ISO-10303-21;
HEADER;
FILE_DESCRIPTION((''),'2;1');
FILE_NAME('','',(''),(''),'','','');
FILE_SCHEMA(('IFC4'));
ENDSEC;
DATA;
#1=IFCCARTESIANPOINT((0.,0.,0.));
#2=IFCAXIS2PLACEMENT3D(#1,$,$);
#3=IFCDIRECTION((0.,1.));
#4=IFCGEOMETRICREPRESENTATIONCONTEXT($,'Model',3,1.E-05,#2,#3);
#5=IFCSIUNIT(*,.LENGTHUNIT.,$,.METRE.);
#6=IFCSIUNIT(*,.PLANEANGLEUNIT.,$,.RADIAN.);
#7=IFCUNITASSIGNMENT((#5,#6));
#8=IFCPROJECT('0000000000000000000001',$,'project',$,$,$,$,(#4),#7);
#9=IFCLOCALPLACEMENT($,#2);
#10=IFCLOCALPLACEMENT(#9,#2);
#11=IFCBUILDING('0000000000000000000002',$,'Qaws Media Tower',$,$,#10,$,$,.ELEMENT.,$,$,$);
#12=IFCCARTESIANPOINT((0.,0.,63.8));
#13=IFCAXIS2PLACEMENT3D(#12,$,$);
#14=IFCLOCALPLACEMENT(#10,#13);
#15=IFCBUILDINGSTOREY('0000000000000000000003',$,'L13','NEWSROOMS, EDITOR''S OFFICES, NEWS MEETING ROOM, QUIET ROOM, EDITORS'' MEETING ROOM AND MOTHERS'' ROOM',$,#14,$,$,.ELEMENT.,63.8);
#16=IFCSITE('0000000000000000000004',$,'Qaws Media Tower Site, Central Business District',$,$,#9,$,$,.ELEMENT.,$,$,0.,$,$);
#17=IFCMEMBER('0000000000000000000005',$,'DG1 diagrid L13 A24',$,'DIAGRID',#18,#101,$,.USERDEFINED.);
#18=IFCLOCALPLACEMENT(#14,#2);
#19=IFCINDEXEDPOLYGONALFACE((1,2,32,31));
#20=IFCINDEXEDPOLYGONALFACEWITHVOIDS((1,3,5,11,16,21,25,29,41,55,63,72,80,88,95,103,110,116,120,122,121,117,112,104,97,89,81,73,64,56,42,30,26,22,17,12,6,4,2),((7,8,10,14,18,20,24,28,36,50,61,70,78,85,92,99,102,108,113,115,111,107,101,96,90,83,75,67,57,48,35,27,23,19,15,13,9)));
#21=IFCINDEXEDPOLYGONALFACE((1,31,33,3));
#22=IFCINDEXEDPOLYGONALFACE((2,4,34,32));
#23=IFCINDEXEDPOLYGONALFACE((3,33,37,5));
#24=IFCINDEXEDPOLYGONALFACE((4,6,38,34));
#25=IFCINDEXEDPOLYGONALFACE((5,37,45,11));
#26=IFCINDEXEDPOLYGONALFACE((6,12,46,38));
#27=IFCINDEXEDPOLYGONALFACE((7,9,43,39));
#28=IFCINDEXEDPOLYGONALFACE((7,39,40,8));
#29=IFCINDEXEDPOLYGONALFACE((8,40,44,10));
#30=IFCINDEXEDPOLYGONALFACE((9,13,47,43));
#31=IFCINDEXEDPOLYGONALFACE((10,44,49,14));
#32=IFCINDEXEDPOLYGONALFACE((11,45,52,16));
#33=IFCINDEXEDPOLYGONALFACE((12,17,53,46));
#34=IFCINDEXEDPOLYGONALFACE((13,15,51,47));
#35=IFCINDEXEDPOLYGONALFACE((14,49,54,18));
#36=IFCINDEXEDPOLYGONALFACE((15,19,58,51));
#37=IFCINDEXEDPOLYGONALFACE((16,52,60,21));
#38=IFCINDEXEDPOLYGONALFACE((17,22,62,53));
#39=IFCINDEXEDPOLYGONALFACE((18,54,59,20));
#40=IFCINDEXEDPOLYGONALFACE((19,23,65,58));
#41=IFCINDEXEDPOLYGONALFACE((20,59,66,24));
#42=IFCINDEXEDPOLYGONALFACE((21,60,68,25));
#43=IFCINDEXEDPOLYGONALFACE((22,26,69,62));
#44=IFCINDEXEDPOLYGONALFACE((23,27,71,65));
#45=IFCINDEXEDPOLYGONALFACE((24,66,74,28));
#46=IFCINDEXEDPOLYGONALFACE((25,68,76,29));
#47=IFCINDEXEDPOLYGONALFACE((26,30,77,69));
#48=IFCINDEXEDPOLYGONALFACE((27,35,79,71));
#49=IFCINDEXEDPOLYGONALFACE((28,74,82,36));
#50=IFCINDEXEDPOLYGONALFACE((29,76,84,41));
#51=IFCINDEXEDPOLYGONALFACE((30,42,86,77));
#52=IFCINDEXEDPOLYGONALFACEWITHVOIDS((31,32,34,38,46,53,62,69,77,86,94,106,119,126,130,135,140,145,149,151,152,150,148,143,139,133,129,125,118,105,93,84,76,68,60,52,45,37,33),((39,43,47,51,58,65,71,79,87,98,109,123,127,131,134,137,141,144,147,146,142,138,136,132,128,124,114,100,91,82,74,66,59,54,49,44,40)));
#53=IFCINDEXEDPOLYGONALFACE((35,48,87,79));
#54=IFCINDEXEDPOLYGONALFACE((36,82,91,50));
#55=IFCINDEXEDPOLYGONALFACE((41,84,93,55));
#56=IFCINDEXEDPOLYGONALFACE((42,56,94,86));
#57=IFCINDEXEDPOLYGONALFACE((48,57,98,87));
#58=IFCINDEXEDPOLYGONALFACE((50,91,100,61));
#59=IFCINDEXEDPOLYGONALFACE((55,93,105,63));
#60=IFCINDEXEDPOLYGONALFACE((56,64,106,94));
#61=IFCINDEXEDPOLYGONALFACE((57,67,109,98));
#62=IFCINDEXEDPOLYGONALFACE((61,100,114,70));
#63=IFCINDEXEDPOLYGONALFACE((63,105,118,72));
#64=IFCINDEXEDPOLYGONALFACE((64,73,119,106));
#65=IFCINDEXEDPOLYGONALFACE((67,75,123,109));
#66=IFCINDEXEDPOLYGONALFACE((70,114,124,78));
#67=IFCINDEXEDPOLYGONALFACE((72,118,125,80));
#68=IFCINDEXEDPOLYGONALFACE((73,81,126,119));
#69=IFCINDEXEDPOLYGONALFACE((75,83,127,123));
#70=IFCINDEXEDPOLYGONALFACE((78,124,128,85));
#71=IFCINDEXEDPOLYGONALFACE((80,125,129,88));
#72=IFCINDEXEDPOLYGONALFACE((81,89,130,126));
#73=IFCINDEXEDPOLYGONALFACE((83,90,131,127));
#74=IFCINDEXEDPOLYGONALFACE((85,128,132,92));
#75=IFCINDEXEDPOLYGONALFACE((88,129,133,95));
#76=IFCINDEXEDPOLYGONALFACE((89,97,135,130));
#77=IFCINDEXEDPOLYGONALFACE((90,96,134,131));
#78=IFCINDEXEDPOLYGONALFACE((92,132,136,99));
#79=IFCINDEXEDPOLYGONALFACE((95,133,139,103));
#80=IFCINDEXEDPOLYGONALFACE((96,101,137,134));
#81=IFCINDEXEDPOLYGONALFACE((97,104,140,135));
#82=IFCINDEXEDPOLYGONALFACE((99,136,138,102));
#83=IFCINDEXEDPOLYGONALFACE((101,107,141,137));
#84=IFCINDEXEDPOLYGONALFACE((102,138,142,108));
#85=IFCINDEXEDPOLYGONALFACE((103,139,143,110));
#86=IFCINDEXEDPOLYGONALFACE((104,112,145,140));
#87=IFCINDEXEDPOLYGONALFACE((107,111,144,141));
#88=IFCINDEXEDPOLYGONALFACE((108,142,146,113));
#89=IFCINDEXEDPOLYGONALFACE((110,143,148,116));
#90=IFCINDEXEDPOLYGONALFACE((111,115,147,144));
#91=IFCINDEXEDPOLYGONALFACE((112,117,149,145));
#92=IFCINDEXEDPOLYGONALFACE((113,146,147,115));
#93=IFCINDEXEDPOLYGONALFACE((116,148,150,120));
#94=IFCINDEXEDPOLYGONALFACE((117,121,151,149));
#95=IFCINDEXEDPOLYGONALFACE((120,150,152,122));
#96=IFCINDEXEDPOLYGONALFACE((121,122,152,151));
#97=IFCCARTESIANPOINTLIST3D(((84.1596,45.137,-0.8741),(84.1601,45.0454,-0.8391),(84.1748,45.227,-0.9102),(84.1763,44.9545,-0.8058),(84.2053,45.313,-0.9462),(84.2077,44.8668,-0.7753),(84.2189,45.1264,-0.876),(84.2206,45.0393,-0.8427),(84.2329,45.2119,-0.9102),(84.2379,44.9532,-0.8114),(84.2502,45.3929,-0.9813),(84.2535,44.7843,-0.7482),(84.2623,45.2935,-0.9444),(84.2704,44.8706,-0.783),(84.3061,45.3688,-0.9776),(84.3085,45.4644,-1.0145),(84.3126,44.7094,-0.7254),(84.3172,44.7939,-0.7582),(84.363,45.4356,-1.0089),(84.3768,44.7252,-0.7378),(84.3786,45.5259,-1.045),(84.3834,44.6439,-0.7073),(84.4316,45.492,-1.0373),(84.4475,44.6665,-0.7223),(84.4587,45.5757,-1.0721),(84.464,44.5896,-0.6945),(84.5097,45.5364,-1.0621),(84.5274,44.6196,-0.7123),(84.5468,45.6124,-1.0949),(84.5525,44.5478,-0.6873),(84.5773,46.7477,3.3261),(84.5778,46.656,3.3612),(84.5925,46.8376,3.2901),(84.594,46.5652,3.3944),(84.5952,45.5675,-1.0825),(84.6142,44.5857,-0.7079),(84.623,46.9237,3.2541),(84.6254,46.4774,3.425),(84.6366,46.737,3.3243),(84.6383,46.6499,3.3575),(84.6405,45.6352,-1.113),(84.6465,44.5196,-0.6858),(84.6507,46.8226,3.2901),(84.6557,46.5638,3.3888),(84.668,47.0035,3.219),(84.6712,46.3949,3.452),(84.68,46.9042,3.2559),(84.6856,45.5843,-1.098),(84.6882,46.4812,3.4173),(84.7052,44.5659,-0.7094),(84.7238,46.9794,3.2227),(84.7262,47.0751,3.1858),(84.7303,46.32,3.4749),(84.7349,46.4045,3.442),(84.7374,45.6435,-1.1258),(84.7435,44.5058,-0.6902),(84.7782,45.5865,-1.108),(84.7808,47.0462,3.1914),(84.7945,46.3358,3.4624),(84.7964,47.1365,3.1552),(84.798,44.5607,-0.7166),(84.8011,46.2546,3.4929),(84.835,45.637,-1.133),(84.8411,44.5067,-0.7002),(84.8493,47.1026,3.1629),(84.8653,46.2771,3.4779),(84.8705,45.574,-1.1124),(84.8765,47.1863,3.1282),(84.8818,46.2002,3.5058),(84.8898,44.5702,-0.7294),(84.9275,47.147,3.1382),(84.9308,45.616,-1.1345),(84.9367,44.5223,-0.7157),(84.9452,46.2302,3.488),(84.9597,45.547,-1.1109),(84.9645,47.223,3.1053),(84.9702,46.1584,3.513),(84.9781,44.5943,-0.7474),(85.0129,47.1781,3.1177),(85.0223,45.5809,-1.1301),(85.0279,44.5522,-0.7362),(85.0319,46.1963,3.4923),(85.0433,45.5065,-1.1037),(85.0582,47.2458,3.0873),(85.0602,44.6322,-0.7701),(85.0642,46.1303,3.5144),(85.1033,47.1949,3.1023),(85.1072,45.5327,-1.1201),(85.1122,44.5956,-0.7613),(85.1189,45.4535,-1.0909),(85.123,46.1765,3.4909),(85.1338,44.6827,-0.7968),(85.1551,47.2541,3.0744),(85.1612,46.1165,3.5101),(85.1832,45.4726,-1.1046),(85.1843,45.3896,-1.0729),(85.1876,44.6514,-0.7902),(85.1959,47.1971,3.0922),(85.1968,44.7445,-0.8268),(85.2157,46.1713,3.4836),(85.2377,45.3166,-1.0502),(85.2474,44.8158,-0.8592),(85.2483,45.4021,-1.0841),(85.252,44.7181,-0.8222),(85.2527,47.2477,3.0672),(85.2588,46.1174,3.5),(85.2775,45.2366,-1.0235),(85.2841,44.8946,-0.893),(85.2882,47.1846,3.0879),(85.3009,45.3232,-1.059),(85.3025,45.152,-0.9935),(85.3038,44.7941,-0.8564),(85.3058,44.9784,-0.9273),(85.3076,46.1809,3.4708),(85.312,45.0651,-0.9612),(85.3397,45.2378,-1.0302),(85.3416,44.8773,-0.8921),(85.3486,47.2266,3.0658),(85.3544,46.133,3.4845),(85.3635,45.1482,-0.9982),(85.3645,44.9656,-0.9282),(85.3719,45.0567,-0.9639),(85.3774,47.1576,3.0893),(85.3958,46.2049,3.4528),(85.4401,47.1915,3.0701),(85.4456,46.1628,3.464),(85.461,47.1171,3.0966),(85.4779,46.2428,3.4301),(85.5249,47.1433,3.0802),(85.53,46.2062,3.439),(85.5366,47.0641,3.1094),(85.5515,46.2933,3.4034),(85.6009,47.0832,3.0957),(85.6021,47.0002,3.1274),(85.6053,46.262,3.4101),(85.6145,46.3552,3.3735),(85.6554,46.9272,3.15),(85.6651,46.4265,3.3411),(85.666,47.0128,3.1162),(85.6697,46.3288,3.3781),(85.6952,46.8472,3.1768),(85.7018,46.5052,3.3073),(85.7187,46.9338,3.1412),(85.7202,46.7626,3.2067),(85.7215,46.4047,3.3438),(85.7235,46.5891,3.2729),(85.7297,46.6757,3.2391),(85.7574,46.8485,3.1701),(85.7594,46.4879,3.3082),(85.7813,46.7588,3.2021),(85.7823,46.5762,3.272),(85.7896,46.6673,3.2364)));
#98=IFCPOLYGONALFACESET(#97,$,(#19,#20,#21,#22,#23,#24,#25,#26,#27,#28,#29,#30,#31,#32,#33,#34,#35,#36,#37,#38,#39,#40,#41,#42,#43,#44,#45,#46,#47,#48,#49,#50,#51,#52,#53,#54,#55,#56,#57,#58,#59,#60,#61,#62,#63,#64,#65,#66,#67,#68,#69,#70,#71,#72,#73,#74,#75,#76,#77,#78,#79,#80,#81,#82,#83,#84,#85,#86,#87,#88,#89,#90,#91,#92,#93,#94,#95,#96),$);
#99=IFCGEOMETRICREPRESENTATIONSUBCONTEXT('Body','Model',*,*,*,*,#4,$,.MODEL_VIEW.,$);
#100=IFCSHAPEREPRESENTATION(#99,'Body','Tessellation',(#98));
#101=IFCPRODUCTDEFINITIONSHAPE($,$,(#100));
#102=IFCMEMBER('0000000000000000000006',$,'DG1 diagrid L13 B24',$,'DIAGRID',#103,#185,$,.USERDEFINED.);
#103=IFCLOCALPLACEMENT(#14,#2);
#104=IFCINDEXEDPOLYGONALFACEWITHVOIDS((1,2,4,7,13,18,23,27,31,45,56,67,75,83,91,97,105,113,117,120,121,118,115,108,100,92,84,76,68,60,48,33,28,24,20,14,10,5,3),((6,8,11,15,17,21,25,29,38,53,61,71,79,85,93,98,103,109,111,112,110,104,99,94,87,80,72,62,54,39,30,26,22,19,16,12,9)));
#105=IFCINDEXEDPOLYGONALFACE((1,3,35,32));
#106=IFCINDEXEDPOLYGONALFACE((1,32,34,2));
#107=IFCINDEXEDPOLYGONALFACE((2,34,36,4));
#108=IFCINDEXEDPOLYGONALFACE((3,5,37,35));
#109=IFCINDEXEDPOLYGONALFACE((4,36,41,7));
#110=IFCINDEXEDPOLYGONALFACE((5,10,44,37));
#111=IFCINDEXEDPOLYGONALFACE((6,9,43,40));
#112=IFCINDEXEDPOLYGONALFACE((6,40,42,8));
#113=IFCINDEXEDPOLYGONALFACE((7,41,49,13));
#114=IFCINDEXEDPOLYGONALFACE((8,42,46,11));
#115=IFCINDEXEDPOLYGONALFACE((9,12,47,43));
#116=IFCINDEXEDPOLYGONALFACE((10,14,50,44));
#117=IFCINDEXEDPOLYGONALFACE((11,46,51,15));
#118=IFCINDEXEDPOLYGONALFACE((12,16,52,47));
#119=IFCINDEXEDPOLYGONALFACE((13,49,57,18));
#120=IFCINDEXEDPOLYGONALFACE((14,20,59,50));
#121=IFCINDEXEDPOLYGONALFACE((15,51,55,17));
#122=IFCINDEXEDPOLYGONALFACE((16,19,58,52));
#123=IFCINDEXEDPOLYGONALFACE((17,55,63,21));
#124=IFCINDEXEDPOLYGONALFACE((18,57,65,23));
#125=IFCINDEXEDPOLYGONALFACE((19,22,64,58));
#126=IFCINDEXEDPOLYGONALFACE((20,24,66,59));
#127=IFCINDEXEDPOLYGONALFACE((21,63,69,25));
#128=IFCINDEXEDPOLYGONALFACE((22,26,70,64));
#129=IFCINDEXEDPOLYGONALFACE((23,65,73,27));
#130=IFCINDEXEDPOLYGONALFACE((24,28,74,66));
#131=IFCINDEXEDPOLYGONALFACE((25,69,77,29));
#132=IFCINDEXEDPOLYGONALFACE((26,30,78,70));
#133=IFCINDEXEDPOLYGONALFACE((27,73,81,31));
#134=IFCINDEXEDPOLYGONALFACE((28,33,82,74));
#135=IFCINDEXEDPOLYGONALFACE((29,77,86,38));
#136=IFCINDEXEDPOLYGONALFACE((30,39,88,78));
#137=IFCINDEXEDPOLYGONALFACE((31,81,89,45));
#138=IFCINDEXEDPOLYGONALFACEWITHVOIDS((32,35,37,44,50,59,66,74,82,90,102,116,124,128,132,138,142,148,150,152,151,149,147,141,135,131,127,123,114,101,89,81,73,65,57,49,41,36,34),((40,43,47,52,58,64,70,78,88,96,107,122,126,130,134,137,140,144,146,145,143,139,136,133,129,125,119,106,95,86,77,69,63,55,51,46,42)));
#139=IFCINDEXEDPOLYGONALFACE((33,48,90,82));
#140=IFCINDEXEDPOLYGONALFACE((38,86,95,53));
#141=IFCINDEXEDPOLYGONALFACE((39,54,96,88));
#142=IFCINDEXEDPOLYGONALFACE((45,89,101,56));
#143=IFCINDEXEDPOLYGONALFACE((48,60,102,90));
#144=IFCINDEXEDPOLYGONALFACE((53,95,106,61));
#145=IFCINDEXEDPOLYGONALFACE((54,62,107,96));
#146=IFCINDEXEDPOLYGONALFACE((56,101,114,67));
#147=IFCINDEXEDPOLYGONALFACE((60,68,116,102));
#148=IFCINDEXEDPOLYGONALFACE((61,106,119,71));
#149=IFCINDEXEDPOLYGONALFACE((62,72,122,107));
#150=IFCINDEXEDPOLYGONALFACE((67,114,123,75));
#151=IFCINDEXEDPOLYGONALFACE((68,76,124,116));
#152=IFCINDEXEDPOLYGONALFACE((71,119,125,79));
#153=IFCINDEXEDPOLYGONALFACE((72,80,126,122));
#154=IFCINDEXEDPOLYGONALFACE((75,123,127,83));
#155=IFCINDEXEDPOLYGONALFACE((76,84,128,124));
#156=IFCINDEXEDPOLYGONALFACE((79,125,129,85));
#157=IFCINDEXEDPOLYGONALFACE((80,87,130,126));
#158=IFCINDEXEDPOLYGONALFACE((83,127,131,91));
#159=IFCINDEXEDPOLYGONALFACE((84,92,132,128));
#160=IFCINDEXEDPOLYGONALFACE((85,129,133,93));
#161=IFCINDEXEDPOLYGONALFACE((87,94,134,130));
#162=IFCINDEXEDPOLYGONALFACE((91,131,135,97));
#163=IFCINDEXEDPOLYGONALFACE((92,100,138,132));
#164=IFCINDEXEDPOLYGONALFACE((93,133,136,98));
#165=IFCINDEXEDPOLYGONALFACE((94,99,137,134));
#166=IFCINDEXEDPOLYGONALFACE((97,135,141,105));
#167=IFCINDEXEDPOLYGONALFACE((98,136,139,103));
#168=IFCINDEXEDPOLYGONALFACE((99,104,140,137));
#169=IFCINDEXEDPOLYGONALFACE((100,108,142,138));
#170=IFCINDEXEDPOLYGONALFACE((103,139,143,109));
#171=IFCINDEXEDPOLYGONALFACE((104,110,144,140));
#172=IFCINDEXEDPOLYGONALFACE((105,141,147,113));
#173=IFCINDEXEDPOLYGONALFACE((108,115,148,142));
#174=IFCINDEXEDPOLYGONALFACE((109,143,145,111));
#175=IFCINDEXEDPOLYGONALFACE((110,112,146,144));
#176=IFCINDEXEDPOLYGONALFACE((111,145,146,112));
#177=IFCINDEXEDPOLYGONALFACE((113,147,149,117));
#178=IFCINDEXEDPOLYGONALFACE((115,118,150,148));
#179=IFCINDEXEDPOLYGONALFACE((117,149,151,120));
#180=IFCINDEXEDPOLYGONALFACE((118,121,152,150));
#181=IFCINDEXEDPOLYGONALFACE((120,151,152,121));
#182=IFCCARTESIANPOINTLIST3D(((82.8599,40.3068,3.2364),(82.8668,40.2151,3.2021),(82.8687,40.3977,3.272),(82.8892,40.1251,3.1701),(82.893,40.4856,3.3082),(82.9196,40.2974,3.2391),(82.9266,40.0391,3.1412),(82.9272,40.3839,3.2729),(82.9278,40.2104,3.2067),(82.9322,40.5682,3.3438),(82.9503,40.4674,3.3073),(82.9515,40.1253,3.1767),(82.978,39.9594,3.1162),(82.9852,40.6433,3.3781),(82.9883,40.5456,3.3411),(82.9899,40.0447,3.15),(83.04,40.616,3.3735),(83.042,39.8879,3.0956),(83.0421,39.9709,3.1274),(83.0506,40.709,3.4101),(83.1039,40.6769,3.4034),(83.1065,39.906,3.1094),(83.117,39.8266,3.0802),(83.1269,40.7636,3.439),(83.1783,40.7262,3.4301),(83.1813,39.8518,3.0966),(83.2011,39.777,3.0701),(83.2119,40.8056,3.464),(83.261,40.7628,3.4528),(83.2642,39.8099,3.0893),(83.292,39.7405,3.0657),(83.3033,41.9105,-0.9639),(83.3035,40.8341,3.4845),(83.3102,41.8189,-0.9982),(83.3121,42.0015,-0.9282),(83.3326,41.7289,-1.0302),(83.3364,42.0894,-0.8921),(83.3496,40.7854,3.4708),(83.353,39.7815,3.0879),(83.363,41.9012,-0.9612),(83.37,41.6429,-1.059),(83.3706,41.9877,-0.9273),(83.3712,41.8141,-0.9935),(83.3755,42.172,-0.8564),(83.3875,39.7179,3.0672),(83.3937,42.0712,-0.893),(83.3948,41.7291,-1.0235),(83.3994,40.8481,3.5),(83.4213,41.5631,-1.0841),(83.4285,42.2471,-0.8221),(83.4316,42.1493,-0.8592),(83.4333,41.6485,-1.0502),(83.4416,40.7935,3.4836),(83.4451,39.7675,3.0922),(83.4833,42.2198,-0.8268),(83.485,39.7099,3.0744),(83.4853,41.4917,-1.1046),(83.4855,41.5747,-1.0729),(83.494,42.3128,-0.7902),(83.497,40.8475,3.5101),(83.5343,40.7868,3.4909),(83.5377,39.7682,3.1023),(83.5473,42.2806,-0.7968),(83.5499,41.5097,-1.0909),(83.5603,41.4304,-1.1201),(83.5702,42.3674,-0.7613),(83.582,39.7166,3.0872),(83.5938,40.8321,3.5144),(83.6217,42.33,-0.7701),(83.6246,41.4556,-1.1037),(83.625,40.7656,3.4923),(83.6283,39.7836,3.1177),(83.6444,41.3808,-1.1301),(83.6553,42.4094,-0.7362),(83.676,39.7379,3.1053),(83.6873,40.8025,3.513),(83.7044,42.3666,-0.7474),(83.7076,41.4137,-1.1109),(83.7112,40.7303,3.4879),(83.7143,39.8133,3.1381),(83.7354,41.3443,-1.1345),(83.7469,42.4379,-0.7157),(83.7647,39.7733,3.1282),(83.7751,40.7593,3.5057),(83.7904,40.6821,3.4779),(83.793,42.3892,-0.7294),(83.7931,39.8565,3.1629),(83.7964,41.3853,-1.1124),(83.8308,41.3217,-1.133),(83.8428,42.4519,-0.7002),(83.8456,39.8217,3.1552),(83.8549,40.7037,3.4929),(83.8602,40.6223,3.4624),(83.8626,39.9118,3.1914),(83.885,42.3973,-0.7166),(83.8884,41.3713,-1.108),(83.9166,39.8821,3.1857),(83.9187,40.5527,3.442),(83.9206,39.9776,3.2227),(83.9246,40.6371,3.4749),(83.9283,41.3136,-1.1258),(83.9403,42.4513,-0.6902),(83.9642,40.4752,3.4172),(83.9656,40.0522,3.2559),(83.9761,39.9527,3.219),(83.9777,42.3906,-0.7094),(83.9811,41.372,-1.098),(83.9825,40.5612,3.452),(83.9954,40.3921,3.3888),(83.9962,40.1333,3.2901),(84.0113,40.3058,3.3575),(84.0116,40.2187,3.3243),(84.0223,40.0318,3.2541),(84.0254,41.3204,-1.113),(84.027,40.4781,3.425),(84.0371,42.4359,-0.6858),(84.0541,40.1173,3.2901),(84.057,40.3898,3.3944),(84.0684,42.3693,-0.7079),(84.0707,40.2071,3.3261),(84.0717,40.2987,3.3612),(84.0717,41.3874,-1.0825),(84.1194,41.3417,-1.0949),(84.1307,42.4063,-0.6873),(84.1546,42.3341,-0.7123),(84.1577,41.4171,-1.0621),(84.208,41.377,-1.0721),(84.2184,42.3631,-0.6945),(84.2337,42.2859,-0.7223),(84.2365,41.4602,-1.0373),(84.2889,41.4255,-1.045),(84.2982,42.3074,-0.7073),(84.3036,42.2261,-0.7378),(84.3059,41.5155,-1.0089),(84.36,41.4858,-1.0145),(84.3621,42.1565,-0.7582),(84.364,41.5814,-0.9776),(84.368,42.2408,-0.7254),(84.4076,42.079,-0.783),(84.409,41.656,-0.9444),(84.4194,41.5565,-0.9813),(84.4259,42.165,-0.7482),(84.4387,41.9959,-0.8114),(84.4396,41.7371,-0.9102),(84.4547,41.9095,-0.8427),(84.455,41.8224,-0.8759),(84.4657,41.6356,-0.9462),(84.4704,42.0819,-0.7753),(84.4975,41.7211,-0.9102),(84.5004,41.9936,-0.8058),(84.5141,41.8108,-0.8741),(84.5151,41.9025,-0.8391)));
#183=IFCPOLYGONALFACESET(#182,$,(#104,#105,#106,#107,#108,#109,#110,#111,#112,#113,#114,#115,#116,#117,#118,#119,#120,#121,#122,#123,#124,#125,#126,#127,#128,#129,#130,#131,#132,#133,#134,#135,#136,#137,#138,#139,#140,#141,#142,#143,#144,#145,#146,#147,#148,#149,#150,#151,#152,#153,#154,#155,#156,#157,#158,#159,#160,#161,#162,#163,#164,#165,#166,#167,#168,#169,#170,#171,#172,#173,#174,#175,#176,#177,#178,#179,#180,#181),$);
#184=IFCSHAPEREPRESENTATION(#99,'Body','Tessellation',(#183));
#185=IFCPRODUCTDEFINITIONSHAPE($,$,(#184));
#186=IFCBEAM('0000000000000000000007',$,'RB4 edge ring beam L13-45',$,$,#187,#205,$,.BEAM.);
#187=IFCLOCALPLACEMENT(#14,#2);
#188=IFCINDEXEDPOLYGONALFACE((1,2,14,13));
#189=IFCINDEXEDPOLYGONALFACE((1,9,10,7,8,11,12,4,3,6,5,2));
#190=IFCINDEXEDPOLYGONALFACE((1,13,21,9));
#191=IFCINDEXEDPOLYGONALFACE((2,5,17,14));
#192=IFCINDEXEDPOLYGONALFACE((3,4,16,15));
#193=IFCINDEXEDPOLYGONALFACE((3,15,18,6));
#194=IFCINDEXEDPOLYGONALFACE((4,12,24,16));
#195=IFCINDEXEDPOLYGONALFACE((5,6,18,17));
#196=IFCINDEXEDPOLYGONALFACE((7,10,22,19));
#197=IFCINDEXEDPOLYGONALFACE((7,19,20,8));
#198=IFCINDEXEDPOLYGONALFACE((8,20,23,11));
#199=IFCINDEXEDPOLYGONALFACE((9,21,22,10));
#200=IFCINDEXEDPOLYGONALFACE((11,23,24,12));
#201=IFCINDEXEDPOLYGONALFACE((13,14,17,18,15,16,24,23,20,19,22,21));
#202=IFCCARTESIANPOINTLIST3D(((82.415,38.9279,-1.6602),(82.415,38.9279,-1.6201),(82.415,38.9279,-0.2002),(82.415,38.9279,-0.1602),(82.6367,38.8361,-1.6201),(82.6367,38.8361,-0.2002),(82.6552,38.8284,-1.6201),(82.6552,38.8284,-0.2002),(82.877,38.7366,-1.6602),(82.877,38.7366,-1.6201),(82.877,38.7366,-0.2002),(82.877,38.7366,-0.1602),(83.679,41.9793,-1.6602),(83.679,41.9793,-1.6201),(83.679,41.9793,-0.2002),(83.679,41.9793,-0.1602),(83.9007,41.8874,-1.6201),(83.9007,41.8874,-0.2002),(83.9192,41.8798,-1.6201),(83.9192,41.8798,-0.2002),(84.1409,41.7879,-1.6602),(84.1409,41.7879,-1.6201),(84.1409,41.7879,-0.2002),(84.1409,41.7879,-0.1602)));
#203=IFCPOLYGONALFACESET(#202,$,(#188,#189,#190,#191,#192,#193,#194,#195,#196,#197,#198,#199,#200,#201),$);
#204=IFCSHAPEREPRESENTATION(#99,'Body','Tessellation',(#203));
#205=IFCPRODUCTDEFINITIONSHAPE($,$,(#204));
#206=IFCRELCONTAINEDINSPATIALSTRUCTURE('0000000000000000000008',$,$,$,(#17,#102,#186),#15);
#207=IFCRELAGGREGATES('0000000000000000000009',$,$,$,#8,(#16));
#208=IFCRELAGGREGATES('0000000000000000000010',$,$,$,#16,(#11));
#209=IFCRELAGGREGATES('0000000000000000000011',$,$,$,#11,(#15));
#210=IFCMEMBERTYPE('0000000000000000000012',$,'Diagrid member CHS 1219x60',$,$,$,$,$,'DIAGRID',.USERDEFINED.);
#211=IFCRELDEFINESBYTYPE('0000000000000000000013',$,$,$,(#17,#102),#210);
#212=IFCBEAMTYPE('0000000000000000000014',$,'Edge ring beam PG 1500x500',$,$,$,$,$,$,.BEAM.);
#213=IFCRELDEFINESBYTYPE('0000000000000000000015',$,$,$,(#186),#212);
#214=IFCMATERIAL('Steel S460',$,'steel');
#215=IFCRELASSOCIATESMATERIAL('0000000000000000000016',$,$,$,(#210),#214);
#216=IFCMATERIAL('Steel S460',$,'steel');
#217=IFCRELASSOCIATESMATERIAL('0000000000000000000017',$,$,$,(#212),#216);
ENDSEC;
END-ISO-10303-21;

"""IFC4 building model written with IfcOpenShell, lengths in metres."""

from ifc_helpers import new_model, si_unit, direction, frame, origin, origin_2d, place, context, subcontext, project, spatial, hollow_circle, i_section, extrude, material, material_profile, profile_set, type_object, element, save


model = new_model("IFC4")

# Units and contexts
model_context = context("Model", 3, precision=1e-05, world=origin(), true_north=direction((0.0, 1.0)))
body_context = subcontext(model_context, "Body", "Model", "MODEL_VIEW")
ifc_project = project(units=[si_unit("LENGTHUNIT", "METRE"), si_unit("PLANEANGLEUNIT", "RADIAN")], contexts=[model_context])

# Site, building, storey
site_placement = place(None, origin())
site = spatial("IfcSite", under=ifc_project, at=site_placement, Name="Qaws Media Tower Site, Central Business District", CompositionType="ELEMENT", RefElevation=0.0)
building_placement = place(site_placement, origin())
building = spatial("IfcBuilding", under=site, at=building_placement, Name="Qaws Media Tower", CompositionType="ELEMENT")
storey_placement = place(building_placement, frame((0.0, 0.0, 63.8)))
storey = spatial("IfcBuildingStorey", under=building, at=storey_placement, Name="L13", Description="NEWSROOMS, EDITOR'S OFFICES, NEWS MEETING ROOM, QUIET ROOM, EDITORS' MEETING ROOM AND MOTHERS' ROOM", CompositionType="ELEMENT", Elevation=63.8)

# Members
ifc_material_1 = material(Name="Steel S460", Category="steel")
ifc_material_profile_1 = material_profile(ifc_material_1, hollow_circle(Radius=0.6096, WallThickness=0.0601, at=origin_2d()), Name="CHS 1219x60")
ifc_profile_set_1 = profile_set([ifc_material_profile_1], Name="Steel S460")
member_type_1 = type_object("IfcMemberType", Name="Diagrid member CHS 1219x60", ElementType="DIAGRID", PredefinedType="USERDEFINED", material=ifc_profile_set_1)
for number, where, z_axis, x_axis, name in (
    (1, (84.7649, 45.074, -0.9102), (0.092463, 0.356503, 0.929708), (-0.967973, 0.251054, 0.0), "DG1 diagrid L13 A24"),
    (2, (83.9099, 41.8835, -0.9102), (-0.098137, -0.354989, 0.929705), (0.963847, -0.266456, 0.0), "DG1 diagrid L13 B24"),
):
    element("IfcMember", number, at=place(storey_placement, frame(where, z_axis=z_axis, x_axis=x_axis)), inside=storey, type_object=member_type_1, Name=name, ObjectType="DIAGRID", PredefinedType="USERDEFINED", context=body_context, shape_type="SweptSolid", body=[
        extrude(hollow_circle(Radius=0.6096, WallThickness=0.0601, at=origin_2d()), origin(), (0.0, 0.0, 1.0), 4.5178),
    ])

# Beam
ifc_material_2 = material(Name="Steel S460", Category="steel")
ifc_material_profile_2 = material_profile(ifc_material_2, i_section(OverallWidth=0.5, OverallDepth=1.5, WebThickness=0.02, FlangeThickness=0.04, at=origin_2d()), Name="PG 1500x500")
ifc_profile_set_2 = profile_set([ifc_material_profile_2], Name="Steel S460")
beam_type_1 = type_object("IfcBeamType", Name="Edge ring beam PG 1500x500", PredefinedType="BEAM", material=ifc_profile_set_2)
beam_1_placement = place(storey_placement, frame((82.646, 38.8323, -0.9102), z_axis=(0.382693, 0.923875, 0.0), x_axis=(-0.923875, 0.382693, 0.0)))
element("IfcBeam", 3, at=beam_1_placement, inside=storey, type_object=beam_type_1, Name="RB4 edge ring beam L13-45", PredefinedType="BEAM", context=body_context, shape_type="SweptSolid", body=[
    extrude(i_section(OverallWidth=0.5, OverallDepth=1.5, WebThickness=0.02, FlangeThickness=0.04, at=origin_2d()), origin(), (0.0, 0.0, 1.0), 3.3027),
])

save(model, "model.ifc")
